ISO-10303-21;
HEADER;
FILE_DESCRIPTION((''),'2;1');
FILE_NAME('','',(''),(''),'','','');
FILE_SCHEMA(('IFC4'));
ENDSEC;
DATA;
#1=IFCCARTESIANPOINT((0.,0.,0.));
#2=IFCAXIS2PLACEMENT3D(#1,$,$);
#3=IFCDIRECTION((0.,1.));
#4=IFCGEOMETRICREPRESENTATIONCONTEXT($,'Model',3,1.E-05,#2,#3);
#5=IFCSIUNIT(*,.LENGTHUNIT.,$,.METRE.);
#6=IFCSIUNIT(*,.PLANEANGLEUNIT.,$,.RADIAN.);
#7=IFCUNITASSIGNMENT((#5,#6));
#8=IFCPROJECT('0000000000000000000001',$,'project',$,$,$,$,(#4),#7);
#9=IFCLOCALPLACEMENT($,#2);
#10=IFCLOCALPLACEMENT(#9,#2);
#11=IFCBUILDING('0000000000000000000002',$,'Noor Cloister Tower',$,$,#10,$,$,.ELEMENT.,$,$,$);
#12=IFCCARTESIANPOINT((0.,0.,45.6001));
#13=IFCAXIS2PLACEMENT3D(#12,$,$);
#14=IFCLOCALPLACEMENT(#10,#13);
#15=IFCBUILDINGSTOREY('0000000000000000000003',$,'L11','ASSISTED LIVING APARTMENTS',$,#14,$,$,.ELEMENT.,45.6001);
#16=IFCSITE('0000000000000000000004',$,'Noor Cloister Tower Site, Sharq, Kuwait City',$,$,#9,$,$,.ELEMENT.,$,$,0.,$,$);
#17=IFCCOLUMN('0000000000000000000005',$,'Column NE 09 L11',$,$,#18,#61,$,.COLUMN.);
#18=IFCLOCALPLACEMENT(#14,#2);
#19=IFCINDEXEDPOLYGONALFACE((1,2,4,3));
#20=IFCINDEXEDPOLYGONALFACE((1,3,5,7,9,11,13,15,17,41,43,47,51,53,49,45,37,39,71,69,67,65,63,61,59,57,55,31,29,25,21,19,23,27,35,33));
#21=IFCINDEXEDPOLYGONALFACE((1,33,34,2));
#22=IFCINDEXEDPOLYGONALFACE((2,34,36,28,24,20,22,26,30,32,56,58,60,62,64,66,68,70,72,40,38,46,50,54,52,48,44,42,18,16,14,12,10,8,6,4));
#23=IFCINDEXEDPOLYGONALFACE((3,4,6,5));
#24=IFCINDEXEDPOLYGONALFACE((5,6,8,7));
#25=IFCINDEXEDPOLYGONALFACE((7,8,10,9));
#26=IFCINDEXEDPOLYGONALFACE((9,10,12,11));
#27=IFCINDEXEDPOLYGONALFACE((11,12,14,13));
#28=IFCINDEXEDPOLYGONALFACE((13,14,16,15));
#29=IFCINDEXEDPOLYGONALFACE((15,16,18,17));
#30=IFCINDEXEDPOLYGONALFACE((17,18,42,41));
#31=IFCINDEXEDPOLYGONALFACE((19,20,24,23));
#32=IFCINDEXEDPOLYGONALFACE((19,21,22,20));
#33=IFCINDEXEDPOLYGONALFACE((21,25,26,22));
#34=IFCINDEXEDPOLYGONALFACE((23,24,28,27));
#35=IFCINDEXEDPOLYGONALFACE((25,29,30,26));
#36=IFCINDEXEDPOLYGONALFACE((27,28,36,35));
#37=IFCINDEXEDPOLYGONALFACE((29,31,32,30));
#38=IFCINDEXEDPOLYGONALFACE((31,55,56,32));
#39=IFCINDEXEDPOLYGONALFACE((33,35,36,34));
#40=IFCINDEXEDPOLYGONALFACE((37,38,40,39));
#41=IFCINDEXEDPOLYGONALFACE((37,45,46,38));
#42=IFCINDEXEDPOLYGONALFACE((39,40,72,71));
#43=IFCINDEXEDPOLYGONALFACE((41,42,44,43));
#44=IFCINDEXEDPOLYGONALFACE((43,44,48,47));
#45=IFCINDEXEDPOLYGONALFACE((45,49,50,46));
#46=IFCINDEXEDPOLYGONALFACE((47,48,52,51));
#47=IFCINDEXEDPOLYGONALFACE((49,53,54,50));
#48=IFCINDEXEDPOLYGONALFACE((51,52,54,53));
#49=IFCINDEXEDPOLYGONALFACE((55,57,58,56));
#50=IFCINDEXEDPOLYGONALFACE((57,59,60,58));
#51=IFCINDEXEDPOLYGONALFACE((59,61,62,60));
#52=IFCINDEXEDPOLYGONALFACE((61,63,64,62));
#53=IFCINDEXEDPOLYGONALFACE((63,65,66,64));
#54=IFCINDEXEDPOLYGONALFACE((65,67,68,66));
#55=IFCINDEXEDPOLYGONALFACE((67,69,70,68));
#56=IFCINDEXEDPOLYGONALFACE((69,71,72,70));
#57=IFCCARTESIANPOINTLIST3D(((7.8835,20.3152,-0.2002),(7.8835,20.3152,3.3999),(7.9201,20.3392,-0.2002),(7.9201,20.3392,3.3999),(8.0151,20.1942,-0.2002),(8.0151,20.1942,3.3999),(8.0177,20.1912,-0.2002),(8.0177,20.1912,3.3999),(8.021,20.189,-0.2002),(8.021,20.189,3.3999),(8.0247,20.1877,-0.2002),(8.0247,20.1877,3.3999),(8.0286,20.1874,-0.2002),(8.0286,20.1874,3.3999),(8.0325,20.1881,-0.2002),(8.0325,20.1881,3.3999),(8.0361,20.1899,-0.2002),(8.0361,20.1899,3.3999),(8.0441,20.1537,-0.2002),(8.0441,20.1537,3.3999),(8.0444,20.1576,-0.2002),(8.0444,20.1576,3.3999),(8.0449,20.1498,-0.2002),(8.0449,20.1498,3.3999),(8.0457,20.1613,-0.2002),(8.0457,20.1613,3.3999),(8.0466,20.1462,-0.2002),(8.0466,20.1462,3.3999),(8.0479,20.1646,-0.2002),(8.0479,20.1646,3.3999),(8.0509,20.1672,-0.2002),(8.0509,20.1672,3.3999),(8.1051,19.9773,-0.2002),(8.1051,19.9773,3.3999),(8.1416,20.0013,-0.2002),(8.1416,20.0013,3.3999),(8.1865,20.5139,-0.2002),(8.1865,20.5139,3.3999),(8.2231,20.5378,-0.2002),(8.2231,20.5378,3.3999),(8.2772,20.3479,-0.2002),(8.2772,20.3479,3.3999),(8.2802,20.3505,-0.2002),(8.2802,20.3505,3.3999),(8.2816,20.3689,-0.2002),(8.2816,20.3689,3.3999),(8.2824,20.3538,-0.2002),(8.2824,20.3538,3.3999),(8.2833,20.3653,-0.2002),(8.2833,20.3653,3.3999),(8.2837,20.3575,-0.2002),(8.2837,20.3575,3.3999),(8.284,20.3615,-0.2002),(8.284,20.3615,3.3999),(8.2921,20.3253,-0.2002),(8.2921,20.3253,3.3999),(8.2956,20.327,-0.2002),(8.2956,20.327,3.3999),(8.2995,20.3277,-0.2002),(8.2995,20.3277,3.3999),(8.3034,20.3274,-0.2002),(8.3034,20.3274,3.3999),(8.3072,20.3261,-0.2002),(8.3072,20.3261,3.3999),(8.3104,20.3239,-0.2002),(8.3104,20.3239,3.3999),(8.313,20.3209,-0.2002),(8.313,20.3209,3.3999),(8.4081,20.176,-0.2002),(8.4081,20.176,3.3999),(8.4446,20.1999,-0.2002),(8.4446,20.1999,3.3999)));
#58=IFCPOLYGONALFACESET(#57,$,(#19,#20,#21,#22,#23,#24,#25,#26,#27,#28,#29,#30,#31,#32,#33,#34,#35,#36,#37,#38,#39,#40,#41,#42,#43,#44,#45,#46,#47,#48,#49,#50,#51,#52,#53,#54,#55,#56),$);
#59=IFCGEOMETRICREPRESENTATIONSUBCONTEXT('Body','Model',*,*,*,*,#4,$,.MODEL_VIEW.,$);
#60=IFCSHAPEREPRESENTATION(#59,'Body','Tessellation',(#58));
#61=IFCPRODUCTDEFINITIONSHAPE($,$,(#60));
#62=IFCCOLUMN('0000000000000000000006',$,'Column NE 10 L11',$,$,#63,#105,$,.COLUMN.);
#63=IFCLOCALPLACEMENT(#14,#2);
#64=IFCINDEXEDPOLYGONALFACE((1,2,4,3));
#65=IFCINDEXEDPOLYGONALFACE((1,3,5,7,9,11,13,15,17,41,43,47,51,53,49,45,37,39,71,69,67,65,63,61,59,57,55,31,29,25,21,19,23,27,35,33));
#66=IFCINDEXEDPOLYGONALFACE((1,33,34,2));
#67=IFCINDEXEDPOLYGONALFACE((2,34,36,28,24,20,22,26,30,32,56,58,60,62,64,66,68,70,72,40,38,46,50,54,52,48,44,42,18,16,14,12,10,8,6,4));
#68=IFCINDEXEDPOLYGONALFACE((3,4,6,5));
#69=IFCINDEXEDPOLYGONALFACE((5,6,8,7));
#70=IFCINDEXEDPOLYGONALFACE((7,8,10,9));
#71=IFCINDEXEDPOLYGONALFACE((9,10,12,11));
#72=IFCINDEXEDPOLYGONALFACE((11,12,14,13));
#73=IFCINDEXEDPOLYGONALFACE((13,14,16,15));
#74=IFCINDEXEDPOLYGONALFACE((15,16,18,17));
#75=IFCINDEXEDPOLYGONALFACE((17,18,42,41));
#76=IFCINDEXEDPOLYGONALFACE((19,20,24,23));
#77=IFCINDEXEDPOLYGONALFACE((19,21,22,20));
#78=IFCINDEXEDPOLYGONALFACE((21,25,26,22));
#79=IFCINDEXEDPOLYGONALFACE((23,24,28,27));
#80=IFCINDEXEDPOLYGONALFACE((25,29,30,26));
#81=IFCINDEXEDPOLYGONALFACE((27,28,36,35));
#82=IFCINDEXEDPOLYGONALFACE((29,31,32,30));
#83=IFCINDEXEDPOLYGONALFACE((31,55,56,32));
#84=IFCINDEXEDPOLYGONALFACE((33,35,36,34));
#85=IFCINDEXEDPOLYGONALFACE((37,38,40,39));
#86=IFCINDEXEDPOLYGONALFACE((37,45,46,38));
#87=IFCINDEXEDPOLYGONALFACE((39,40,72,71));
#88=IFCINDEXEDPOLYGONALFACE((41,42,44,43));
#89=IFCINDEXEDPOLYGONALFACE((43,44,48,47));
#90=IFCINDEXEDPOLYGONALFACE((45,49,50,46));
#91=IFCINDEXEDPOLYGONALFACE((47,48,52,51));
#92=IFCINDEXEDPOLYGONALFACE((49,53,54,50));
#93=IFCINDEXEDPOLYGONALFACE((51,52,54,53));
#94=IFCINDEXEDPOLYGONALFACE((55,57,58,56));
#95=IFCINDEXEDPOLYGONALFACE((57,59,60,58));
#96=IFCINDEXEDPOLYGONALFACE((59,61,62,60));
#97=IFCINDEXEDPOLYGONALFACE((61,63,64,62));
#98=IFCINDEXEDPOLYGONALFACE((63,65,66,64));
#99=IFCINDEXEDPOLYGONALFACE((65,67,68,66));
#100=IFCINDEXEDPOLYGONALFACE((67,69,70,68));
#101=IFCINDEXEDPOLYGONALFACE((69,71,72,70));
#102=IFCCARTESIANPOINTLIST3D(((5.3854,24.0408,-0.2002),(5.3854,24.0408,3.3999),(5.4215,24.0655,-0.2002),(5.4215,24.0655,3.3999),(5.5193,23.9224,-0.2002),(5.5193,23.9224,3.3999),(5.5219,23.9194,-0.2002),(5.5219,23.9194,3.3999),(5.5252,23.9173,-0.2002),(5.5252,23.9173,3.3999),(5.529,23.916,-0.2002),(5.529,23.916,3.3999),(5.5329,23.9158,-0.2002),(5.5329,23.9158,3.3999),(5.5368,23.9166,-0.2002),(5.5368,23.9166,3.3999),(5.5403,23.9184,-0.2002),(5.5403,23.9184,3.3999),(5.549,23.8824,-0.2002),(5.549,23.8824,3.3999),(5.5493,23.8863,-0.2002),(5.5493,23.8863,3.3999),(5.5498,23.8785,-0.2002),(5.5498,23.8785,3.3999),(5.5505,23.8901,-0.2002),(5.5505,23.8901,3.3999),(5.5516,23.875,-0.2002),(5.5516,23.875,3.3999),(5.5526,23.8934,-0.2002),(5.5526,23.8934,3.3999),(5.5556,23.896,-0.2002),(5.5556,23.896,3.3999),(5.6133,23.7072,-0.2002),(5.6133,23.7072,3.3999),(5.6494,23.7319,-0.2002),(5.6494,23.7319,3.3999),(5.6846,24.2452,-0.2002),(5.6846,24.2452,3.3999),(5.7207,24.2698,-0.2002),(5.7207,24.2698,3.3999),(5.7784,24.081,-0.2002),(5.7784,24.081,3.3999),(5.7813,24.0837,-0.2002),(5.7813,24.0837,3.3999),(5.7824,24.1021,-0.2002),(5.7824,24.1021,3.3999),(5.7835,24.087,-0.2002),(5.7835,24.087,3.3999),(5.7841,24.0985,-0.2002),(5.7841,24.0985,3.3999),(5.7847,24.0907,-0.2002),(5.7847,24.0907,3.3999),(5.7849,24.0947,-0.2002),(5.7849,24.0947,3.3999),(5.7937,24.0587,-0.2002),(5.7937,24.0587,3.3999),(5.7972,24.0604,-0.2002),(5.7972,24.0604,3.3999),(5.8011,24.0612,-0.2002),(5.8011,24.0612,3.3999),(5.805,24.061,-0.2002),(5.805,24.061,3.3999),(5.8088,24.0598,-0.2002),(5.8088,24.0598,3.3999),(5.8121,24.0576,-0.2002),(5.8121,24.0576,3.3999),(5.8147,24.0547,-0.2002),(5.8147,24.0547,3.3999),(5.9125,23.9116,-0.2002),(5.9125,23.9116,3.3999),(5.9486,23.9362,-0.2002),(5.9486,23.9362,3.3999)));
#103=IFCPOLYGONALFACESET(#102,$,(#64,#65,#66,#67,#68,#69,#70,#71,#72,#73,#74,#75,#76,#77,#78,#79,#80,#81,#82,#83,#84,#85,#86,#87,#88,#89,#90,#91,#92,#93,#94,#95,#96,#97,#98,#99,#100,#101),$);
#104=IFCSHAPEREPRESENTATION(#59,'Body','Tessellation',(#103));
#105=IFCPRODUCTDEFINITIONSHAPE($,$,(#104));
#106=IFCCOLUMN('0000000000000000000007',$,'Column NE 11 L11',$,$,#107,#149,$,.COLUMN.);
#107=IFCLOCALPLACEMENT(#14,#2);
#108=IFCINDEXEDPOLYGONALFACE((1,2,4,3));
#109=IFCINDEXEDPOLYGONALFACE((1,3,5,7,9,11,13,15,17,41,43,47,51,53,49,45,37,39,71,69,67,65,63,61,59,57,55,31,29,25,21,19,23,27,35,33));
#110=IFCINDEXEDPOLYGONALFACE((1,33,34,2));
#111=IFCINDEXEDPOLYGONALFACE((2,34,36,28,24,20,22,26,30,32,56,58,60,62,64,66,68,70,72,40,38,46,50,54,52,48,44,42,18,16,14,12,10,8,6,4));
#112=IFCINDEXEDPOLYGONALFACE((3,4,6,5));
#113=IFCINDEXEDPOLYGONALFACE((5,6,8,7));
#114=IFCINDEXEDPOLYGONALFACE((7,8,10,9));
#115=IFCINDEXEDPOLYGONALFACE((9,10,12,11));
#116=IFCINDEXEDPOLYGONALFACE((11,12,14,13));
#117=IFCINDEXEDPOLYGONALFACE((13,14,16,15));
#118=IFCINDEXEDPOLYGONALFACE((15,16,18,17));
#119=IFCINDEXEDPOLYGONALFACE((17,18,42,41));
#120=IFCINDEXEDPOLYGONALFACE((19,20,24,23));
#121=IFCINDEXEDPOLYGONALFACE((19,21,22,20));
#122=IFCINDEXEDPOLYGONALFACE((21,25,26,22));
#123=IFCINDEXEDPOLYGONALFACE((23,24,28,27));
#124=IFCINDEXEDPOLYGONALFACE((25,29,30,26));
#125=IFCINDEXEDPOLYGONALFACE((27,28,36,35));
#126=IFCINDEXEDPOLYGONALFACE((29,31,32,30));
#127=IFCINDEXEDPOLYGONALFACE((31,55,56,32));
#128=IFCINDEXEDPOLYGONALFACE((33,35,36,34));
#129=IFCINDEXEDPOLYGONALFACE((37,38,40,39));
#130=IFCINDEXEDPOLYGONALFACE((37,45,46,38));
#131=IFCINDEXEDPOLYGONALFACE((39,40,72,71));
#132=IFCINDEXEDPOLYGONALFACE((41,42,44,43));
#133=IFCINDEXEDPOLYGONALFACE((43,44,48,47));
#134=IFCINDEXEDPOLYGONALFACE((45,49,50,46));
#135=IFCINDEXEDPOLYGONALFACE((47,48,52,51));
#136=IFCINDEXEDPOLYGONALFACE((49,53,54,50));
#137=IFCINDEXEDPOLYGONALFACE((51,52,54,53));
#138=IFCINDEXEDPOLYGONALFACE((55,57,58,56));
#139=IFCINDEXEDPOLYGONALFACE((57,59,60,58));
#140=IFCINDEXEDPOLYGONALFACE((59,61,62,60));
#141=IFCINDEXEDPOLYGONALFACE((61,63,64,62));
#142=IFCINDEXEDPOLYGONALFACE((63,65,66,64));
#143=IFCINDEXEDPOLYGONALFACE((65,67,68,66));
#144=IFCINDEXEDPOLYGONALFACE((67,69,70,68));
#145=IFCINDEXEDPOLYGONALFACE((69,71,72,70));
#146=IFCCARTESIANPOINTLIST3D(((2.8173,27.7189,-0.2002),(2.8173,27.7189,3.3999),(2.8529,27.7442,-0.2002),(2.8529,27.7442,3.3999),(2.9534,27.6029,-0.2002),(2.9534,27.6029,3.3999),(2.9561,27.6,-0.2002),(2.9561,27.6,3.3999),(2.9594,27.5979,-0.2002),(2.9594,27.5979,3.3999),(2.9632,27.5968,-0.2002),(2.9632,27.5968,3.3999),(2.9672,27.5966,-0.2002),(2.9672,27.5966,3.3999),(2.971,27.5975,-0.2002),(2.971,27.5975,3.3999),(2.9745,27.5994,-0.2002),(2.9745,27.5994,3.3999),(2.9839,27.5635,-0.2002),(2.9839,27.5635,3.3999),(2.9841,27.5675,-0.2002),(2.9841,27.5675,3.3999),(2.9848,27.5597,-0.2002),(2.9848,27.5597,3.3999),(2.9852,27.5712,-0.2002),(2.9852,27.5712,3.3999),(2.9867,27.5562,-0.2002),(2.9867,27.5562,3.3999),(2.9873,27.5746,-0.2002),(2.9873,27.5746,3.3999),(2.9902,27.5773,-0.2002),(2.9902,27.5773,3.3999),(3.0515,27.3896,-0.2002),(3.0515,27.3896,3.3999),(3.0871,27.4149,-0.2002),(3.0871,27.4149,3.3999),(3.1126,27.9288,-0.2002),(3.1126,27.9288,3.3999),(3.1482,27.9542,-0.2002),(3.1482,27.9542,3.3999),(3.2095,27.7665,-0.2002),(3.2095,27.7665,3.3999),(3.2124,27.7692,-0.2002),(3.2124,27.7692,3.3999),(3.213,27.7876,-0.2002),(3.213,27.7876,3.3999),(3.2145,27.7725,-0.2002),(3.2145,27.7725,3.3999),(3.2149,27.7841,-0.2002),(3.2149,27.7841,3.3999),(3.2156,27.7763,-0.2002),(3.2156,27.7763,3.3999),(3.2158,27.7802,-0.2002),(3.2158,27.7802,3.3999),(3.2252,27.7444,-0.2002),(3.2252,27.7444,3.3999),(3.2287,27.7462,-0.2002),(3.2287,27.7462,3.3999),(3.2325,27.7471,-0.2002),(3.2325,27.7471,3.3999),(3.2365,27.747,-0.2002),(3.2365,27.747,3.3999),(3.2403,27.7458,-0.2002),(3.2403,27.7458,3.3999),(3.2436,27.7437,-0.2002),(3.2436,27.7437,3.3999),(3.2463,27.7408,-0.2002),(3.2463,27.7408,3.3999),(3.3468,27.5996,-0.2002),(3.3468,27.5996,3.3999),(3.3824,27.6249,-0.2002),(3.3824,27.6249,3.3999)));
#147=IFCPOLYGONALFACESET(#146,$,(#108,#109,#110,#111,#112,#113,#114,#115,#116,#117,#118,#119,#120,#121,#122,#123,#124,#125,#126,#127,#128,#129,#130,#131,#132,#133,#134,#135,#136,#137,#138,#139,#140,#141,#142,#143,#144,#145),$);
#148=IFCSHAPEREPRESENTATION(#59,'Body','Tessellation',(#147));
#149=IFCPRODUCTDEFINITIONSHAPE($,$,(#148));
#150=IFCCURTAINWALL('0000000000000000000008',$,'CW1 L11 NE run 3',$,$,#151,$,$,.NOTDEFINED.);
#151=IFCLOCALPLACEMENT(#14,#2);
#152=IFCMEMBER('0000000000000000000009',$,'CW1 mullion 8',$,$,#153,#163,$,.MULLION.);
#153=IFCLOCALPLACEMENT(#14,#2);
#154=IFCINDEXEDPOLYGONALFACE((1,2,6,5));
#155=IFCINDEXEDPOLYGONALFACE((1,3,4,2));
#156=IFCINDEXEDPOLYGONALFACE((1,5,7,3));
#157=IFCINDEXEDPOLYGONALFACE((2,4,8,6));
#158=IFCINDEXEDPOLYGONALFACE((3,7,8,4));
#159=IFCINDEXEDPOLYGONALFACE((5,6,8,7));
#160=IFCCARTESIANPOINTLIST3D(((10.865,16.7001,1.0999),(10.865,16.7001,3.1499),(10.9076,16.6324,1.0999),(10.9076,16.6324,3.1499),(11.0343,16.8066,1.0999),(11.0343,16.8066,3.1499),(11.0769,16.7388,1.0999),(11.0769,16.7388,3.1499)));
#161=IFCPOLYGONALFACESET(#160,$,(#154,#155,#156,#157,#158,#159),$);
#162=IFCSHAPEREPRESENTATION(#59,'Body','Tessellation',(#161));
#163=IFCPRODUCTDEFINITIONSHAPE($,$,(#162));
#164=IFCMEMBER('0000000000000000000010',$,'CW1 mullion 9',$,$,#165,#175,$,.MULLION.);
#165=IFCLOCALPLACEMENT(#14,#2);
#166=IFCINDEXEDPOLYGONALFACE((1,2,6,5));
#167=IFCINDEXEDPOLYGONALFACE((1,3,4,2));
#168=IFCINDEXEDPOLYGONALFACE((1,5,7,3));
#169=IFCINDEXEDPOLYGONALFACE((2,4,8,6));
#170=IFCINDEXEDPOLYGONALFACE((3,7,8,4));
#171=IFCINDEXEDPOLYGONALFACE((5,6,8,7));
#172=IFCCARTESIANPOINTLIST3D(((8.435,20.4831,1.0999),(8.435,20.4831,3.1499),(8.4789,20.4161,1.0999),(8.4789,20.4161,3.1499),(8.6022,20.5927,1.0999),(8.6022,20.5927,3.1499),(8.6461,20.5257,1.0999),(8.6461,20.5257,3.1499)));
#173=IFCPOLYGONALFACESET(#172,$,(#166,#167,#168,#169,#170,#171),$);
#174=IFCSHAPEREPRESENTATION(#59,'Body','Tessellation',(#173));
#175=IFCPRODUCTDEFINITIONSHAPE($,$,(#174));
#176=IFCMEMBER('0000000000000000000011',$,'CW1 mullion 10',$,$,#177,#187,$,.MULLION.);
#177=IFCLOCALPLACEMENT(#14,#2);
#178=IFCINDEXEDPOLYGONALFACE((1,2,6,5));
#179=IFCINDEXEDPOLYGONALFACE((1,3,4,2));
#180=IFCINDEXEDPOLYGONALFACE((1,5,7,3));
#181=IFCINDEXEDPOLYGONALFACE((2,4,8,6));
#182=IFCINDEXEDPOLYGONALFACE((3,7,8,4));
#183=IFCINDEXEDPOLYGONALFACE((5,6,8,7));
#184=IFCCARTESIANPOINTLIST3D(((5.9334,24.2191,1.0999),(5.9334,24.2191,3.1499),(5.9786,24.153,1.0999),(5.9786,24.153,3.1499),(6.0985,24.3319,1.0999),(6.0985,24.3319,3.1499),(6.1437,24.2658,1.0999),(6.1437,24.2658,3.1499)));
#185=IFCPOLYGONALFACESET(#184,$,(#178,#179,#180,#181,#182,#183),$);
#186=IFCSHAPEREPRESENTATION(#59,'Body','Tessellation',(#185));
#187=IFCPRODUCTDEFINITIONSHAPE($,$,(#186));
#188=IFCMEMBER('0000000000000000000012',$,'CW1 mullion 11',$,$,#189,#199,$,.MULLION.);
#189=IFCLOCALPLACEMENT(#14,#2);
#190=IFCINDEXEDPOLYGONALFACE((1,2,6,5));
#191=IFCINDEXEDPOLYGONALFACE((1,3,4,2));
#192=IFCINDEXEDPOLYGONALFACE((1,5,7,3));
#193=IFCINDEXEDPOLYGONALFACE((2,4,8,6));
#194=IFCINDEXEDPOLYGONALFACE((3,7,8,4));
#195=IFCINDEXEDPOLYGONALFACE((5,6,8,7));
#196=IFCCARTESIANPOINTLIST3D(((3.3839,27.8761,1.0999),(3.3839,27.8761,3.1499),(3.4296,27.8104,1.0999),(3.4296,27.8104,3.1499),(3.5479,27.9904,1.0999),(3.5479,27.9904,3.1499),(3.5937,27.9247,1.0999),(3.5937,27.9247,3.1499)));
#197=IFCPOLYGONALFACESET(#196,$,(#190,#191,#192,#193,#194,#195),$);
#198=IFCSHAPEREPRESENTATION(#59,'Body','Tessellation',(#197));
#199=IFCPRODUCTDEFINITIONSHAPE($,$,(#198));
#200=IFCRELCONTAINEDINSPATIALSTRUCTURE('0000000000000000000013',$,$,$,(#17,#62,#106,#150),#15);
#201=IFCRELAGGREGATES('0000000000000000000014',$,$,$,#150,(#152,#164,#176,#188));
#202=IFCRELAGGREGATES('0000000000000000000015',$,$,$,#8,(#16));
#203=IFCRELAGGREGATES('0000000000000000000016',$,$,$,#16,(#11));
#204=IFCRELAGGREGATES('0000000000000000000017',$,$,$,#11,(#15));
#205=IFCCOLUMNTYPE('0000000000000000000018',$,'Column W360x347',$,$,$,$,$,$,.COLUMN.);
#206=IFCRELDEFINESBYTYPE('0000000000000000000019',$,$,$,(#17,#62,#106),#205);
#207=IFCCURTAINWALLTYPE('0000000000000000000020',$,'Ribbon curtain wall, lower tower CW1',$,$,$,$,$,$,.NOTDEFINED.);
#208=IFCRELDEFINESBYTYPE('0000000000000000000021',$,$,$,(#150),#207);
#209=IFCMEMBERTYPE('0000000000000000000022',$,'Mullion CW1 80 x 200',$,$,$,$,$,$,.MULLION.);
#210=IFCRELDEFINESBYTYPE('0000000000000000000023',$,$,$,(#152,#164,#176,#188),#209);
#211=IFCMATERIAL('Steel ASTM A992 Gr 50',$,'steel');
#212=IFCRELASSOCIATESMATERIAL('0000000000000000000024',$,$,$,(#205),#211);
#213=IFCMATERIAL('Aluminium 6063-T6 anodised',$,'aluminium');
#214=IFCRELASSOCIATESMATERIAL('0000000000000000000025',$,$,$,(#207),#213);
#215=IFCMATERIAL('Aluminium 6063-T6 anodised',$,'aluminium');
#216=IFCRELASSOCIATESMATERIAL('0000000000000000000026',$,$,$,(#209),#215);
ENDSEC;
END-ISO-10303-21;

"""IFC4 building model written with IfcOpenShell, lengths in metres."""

from ifc_helpers import new_model, si_unit, direction, frame, origin, origin_2d, place, context, subcontext, project, spatial, rectangle, i_section, extrude, material, material_profile, profile_set, type_object, element, aggregate, save


model = new_model("IFC4")

# Units and contexts
model_context = context("Model", 3, precision=1e-05, world=origin(), true_north=direction((0.0, 1.0)))
body_context = subcontext(model_context, "Body", "Model", "MODEL_VIEW")
ifc_project = project(units=[si_unit("LENGTHUNIT", "METRE"), si_unit("PLANEANGLEUNIT", "RADIAN")], contexts=[model_context])

# Site, building, storey
site_placement = place(None, origin())
site = spatial("IfcSite", under=ifc_project, at=site_placement, Name="Noor Cloister Tower Site, Sharq, Kuwait City", CompositionType="ELEMENT", RefElevation=0.0)
building_placement = place(site_placement, origin())
building = spatial("IfcBuilding", under=site, at=building_placement, Name="Noor Cloister Tower", CompositionType="ELEMENT")
storey_placement = place(building_placement, frame((0.0, 0.0, 45.6001)))
storey = spatial("IfcBuildingStorey", under=building, at=storey_placement, Name="L11", Description="ASSISTED LIVING APARTMENTS", CompositionType="ELEMENT", Elevation=45.6001)

# Columns
ifc_material_1 = material(Name="Steel ASTM A992 Gr 50", Category="steel")
ifc_material_profile_1 = material_profile(ifc_material_1, i_section(OverallWidth=0.4041, OverallDepth=0.406, WebThickness=0.0271, FlangeThickness=0.0437, FilletRadius=0.0151, at=origin_2d()), Name="W360x347")
ifc_profile_set_1 = profile_set([ifc_material_profile_1], Name="Steel ASTM A992 Gr 50")
column_type = type_object("IfcColumnType", Name="Column W360x347", PredefinedType="COLUMN", material=ifc_profile_set_1)
for number, where, z_axis, x_axis, name in (
    (1, (8.1641, 20.2576, -0.2002), (0.0, 0.0, 1.0), (-0.548314, 0.836273, 0.0), "Column NE 09 L11"),
    (2, (5.667, 23.9885, -0.2002), (0.0, 0.0, 1.0), (-0.564034, 0.825752, 0.0), "Column NE 10 L11"),
    (3, (3.0999, 27.6719, -0.2002), (0.0, 0.0, 1.0), (-0.579552, 0.814936, 0.0), "Column NE 11 L11"),
):
    element("IfcColumn", number, at=place(storey_placement, frame(where, z_axis=z_axis, x_axis=x_axis)), inside=storey, type_object=column_type, Name=name, PredefinedType="COLUMN", context=body_context, shape_type="SweptSolid", body=[
        extrude(i_section(OverallWidth=0.4041, OverallDepth=0.406, WebThickness=0.0271, FlangeThickness=0.0437, FilletRadius=0.0151, at=origin_2d()), origin(), (0.0, 0.0, 1.0), 3.6001),
    ])

# Curtain wall, members
ifc_material_2 = material(Name="Aluminium 6063-T6 anodised", Category="aluminium")
curtain_wall_type = type_object("IfcCurtainWallType", Name="Ribbon curtain wall, lower tower CW1", PredefinedType="NOTDEFINED", material=ifc_material_2)
curtain_wall_placement = place(storey_placement, origin())
curtain_wall = element("IfcCurtainWall", 4, at=curtain_wall_placement, inside=storey, type_object=curtain_wall_type, Name="CW1 L11 NE run 3", PredefinedType="NOTDEFINED")
ifc_material_3 = material(Name="Aluminium 6063-T6 anodised", Category="aluminium")
ifc_material_profile_2 = material_profile(ifc_material_3, rectangle(XDim=0.2, YDim=0.0801, at=origin_2d()), Name="200 x 80 mullion")
ifc_profile_set_2 = profile_set([ifc_material_profile_2], Name="Aluminium 6063-T6 anodised")
member_type = type_object("IfcMemberType", Name="Mullion CW1 80 x 200", PredefinedType="MULLION", material=ifc_profile_set_2)
member_1_placement = place(storey_placement, frame((10.9709, 16.7195, 1.0999), z_axis=(0.0, 0.0, 1.0), x_axis=(-0.846494, -0.532398, 0.0)))
member_1 = element("IfcMember", 5, at=member_1_placement, type_object=member_type, Name="CW1 mullion 8", PredefinedType="MULLION", context=body_context, shape_type="SweptSolid", body=[
    extrude(rectangle(XDim=0.2, YDim=0.0801, at=origin_2d()), origin(), (0.0, 0.0, 1.0), 2.05),
])
member_2_placement = place(storey_placement, frame((8.5405, 20.5044, 1.0999), z_axis=(0.0, 0.0, 1.0), x_axis=(-0.836273, -0.548314, 0.0)))
member_2 = element("IfcMember", 6, at=member_2_placement, type_object=member_type, Name="CW1 mullion 9", PredefinedType="MULLION", context=body_context, shape_type="SweptSolid", body=[
    extrude(rectangle(XDim=0.2, YDim=0.0801, at=origin_2d()), origin(), (0.0, 0.0, 1.0), 2.05),
])
member_3_placement = place(storey_placement, frame((6.0386, 24.2424, 1.0999), z_axis=(0.0, 0.0, 1.0), x_axis=(-0.825752, -0.564034, 0.0)))
member_3 = element("IfcMember", 7, at=member_3_placement, type_object=member_type, Name="CW1 mullion 10", PredefinedType="MULLION", context=body_context, shape_type="SweptSolid", body=[
    extrude(rectangle(XDim=0.2, YDim=0.0801, at=origin_2d()), origin(), (0.0, 0.0, 1.0), 2.05),
])
member_4_placement = place(storey_placement, frame((3.4888, 27.9004, 1.0999), z_axis=(0.0, 0.0, 1.0), x_axis=(-0.82038, -0.571818, 0.0)))
member_4 = element("IfcMember", 8, at=member_4_placement, type_object=member_type, Name="CW1 mullion 11", PredefinedType="MULLION", context=body_context, shape_type="SweptSolid", body=[
    extrude(rectangle(XDim=0.2, YDim=0.0801, at=origin_2d()), origin(), (0.0, 0.0, 1.0), 2.05),
])

aggregate(curtain_wall, [member_1, member_2, member_3, member_4])

save(model, "model.ifc")
